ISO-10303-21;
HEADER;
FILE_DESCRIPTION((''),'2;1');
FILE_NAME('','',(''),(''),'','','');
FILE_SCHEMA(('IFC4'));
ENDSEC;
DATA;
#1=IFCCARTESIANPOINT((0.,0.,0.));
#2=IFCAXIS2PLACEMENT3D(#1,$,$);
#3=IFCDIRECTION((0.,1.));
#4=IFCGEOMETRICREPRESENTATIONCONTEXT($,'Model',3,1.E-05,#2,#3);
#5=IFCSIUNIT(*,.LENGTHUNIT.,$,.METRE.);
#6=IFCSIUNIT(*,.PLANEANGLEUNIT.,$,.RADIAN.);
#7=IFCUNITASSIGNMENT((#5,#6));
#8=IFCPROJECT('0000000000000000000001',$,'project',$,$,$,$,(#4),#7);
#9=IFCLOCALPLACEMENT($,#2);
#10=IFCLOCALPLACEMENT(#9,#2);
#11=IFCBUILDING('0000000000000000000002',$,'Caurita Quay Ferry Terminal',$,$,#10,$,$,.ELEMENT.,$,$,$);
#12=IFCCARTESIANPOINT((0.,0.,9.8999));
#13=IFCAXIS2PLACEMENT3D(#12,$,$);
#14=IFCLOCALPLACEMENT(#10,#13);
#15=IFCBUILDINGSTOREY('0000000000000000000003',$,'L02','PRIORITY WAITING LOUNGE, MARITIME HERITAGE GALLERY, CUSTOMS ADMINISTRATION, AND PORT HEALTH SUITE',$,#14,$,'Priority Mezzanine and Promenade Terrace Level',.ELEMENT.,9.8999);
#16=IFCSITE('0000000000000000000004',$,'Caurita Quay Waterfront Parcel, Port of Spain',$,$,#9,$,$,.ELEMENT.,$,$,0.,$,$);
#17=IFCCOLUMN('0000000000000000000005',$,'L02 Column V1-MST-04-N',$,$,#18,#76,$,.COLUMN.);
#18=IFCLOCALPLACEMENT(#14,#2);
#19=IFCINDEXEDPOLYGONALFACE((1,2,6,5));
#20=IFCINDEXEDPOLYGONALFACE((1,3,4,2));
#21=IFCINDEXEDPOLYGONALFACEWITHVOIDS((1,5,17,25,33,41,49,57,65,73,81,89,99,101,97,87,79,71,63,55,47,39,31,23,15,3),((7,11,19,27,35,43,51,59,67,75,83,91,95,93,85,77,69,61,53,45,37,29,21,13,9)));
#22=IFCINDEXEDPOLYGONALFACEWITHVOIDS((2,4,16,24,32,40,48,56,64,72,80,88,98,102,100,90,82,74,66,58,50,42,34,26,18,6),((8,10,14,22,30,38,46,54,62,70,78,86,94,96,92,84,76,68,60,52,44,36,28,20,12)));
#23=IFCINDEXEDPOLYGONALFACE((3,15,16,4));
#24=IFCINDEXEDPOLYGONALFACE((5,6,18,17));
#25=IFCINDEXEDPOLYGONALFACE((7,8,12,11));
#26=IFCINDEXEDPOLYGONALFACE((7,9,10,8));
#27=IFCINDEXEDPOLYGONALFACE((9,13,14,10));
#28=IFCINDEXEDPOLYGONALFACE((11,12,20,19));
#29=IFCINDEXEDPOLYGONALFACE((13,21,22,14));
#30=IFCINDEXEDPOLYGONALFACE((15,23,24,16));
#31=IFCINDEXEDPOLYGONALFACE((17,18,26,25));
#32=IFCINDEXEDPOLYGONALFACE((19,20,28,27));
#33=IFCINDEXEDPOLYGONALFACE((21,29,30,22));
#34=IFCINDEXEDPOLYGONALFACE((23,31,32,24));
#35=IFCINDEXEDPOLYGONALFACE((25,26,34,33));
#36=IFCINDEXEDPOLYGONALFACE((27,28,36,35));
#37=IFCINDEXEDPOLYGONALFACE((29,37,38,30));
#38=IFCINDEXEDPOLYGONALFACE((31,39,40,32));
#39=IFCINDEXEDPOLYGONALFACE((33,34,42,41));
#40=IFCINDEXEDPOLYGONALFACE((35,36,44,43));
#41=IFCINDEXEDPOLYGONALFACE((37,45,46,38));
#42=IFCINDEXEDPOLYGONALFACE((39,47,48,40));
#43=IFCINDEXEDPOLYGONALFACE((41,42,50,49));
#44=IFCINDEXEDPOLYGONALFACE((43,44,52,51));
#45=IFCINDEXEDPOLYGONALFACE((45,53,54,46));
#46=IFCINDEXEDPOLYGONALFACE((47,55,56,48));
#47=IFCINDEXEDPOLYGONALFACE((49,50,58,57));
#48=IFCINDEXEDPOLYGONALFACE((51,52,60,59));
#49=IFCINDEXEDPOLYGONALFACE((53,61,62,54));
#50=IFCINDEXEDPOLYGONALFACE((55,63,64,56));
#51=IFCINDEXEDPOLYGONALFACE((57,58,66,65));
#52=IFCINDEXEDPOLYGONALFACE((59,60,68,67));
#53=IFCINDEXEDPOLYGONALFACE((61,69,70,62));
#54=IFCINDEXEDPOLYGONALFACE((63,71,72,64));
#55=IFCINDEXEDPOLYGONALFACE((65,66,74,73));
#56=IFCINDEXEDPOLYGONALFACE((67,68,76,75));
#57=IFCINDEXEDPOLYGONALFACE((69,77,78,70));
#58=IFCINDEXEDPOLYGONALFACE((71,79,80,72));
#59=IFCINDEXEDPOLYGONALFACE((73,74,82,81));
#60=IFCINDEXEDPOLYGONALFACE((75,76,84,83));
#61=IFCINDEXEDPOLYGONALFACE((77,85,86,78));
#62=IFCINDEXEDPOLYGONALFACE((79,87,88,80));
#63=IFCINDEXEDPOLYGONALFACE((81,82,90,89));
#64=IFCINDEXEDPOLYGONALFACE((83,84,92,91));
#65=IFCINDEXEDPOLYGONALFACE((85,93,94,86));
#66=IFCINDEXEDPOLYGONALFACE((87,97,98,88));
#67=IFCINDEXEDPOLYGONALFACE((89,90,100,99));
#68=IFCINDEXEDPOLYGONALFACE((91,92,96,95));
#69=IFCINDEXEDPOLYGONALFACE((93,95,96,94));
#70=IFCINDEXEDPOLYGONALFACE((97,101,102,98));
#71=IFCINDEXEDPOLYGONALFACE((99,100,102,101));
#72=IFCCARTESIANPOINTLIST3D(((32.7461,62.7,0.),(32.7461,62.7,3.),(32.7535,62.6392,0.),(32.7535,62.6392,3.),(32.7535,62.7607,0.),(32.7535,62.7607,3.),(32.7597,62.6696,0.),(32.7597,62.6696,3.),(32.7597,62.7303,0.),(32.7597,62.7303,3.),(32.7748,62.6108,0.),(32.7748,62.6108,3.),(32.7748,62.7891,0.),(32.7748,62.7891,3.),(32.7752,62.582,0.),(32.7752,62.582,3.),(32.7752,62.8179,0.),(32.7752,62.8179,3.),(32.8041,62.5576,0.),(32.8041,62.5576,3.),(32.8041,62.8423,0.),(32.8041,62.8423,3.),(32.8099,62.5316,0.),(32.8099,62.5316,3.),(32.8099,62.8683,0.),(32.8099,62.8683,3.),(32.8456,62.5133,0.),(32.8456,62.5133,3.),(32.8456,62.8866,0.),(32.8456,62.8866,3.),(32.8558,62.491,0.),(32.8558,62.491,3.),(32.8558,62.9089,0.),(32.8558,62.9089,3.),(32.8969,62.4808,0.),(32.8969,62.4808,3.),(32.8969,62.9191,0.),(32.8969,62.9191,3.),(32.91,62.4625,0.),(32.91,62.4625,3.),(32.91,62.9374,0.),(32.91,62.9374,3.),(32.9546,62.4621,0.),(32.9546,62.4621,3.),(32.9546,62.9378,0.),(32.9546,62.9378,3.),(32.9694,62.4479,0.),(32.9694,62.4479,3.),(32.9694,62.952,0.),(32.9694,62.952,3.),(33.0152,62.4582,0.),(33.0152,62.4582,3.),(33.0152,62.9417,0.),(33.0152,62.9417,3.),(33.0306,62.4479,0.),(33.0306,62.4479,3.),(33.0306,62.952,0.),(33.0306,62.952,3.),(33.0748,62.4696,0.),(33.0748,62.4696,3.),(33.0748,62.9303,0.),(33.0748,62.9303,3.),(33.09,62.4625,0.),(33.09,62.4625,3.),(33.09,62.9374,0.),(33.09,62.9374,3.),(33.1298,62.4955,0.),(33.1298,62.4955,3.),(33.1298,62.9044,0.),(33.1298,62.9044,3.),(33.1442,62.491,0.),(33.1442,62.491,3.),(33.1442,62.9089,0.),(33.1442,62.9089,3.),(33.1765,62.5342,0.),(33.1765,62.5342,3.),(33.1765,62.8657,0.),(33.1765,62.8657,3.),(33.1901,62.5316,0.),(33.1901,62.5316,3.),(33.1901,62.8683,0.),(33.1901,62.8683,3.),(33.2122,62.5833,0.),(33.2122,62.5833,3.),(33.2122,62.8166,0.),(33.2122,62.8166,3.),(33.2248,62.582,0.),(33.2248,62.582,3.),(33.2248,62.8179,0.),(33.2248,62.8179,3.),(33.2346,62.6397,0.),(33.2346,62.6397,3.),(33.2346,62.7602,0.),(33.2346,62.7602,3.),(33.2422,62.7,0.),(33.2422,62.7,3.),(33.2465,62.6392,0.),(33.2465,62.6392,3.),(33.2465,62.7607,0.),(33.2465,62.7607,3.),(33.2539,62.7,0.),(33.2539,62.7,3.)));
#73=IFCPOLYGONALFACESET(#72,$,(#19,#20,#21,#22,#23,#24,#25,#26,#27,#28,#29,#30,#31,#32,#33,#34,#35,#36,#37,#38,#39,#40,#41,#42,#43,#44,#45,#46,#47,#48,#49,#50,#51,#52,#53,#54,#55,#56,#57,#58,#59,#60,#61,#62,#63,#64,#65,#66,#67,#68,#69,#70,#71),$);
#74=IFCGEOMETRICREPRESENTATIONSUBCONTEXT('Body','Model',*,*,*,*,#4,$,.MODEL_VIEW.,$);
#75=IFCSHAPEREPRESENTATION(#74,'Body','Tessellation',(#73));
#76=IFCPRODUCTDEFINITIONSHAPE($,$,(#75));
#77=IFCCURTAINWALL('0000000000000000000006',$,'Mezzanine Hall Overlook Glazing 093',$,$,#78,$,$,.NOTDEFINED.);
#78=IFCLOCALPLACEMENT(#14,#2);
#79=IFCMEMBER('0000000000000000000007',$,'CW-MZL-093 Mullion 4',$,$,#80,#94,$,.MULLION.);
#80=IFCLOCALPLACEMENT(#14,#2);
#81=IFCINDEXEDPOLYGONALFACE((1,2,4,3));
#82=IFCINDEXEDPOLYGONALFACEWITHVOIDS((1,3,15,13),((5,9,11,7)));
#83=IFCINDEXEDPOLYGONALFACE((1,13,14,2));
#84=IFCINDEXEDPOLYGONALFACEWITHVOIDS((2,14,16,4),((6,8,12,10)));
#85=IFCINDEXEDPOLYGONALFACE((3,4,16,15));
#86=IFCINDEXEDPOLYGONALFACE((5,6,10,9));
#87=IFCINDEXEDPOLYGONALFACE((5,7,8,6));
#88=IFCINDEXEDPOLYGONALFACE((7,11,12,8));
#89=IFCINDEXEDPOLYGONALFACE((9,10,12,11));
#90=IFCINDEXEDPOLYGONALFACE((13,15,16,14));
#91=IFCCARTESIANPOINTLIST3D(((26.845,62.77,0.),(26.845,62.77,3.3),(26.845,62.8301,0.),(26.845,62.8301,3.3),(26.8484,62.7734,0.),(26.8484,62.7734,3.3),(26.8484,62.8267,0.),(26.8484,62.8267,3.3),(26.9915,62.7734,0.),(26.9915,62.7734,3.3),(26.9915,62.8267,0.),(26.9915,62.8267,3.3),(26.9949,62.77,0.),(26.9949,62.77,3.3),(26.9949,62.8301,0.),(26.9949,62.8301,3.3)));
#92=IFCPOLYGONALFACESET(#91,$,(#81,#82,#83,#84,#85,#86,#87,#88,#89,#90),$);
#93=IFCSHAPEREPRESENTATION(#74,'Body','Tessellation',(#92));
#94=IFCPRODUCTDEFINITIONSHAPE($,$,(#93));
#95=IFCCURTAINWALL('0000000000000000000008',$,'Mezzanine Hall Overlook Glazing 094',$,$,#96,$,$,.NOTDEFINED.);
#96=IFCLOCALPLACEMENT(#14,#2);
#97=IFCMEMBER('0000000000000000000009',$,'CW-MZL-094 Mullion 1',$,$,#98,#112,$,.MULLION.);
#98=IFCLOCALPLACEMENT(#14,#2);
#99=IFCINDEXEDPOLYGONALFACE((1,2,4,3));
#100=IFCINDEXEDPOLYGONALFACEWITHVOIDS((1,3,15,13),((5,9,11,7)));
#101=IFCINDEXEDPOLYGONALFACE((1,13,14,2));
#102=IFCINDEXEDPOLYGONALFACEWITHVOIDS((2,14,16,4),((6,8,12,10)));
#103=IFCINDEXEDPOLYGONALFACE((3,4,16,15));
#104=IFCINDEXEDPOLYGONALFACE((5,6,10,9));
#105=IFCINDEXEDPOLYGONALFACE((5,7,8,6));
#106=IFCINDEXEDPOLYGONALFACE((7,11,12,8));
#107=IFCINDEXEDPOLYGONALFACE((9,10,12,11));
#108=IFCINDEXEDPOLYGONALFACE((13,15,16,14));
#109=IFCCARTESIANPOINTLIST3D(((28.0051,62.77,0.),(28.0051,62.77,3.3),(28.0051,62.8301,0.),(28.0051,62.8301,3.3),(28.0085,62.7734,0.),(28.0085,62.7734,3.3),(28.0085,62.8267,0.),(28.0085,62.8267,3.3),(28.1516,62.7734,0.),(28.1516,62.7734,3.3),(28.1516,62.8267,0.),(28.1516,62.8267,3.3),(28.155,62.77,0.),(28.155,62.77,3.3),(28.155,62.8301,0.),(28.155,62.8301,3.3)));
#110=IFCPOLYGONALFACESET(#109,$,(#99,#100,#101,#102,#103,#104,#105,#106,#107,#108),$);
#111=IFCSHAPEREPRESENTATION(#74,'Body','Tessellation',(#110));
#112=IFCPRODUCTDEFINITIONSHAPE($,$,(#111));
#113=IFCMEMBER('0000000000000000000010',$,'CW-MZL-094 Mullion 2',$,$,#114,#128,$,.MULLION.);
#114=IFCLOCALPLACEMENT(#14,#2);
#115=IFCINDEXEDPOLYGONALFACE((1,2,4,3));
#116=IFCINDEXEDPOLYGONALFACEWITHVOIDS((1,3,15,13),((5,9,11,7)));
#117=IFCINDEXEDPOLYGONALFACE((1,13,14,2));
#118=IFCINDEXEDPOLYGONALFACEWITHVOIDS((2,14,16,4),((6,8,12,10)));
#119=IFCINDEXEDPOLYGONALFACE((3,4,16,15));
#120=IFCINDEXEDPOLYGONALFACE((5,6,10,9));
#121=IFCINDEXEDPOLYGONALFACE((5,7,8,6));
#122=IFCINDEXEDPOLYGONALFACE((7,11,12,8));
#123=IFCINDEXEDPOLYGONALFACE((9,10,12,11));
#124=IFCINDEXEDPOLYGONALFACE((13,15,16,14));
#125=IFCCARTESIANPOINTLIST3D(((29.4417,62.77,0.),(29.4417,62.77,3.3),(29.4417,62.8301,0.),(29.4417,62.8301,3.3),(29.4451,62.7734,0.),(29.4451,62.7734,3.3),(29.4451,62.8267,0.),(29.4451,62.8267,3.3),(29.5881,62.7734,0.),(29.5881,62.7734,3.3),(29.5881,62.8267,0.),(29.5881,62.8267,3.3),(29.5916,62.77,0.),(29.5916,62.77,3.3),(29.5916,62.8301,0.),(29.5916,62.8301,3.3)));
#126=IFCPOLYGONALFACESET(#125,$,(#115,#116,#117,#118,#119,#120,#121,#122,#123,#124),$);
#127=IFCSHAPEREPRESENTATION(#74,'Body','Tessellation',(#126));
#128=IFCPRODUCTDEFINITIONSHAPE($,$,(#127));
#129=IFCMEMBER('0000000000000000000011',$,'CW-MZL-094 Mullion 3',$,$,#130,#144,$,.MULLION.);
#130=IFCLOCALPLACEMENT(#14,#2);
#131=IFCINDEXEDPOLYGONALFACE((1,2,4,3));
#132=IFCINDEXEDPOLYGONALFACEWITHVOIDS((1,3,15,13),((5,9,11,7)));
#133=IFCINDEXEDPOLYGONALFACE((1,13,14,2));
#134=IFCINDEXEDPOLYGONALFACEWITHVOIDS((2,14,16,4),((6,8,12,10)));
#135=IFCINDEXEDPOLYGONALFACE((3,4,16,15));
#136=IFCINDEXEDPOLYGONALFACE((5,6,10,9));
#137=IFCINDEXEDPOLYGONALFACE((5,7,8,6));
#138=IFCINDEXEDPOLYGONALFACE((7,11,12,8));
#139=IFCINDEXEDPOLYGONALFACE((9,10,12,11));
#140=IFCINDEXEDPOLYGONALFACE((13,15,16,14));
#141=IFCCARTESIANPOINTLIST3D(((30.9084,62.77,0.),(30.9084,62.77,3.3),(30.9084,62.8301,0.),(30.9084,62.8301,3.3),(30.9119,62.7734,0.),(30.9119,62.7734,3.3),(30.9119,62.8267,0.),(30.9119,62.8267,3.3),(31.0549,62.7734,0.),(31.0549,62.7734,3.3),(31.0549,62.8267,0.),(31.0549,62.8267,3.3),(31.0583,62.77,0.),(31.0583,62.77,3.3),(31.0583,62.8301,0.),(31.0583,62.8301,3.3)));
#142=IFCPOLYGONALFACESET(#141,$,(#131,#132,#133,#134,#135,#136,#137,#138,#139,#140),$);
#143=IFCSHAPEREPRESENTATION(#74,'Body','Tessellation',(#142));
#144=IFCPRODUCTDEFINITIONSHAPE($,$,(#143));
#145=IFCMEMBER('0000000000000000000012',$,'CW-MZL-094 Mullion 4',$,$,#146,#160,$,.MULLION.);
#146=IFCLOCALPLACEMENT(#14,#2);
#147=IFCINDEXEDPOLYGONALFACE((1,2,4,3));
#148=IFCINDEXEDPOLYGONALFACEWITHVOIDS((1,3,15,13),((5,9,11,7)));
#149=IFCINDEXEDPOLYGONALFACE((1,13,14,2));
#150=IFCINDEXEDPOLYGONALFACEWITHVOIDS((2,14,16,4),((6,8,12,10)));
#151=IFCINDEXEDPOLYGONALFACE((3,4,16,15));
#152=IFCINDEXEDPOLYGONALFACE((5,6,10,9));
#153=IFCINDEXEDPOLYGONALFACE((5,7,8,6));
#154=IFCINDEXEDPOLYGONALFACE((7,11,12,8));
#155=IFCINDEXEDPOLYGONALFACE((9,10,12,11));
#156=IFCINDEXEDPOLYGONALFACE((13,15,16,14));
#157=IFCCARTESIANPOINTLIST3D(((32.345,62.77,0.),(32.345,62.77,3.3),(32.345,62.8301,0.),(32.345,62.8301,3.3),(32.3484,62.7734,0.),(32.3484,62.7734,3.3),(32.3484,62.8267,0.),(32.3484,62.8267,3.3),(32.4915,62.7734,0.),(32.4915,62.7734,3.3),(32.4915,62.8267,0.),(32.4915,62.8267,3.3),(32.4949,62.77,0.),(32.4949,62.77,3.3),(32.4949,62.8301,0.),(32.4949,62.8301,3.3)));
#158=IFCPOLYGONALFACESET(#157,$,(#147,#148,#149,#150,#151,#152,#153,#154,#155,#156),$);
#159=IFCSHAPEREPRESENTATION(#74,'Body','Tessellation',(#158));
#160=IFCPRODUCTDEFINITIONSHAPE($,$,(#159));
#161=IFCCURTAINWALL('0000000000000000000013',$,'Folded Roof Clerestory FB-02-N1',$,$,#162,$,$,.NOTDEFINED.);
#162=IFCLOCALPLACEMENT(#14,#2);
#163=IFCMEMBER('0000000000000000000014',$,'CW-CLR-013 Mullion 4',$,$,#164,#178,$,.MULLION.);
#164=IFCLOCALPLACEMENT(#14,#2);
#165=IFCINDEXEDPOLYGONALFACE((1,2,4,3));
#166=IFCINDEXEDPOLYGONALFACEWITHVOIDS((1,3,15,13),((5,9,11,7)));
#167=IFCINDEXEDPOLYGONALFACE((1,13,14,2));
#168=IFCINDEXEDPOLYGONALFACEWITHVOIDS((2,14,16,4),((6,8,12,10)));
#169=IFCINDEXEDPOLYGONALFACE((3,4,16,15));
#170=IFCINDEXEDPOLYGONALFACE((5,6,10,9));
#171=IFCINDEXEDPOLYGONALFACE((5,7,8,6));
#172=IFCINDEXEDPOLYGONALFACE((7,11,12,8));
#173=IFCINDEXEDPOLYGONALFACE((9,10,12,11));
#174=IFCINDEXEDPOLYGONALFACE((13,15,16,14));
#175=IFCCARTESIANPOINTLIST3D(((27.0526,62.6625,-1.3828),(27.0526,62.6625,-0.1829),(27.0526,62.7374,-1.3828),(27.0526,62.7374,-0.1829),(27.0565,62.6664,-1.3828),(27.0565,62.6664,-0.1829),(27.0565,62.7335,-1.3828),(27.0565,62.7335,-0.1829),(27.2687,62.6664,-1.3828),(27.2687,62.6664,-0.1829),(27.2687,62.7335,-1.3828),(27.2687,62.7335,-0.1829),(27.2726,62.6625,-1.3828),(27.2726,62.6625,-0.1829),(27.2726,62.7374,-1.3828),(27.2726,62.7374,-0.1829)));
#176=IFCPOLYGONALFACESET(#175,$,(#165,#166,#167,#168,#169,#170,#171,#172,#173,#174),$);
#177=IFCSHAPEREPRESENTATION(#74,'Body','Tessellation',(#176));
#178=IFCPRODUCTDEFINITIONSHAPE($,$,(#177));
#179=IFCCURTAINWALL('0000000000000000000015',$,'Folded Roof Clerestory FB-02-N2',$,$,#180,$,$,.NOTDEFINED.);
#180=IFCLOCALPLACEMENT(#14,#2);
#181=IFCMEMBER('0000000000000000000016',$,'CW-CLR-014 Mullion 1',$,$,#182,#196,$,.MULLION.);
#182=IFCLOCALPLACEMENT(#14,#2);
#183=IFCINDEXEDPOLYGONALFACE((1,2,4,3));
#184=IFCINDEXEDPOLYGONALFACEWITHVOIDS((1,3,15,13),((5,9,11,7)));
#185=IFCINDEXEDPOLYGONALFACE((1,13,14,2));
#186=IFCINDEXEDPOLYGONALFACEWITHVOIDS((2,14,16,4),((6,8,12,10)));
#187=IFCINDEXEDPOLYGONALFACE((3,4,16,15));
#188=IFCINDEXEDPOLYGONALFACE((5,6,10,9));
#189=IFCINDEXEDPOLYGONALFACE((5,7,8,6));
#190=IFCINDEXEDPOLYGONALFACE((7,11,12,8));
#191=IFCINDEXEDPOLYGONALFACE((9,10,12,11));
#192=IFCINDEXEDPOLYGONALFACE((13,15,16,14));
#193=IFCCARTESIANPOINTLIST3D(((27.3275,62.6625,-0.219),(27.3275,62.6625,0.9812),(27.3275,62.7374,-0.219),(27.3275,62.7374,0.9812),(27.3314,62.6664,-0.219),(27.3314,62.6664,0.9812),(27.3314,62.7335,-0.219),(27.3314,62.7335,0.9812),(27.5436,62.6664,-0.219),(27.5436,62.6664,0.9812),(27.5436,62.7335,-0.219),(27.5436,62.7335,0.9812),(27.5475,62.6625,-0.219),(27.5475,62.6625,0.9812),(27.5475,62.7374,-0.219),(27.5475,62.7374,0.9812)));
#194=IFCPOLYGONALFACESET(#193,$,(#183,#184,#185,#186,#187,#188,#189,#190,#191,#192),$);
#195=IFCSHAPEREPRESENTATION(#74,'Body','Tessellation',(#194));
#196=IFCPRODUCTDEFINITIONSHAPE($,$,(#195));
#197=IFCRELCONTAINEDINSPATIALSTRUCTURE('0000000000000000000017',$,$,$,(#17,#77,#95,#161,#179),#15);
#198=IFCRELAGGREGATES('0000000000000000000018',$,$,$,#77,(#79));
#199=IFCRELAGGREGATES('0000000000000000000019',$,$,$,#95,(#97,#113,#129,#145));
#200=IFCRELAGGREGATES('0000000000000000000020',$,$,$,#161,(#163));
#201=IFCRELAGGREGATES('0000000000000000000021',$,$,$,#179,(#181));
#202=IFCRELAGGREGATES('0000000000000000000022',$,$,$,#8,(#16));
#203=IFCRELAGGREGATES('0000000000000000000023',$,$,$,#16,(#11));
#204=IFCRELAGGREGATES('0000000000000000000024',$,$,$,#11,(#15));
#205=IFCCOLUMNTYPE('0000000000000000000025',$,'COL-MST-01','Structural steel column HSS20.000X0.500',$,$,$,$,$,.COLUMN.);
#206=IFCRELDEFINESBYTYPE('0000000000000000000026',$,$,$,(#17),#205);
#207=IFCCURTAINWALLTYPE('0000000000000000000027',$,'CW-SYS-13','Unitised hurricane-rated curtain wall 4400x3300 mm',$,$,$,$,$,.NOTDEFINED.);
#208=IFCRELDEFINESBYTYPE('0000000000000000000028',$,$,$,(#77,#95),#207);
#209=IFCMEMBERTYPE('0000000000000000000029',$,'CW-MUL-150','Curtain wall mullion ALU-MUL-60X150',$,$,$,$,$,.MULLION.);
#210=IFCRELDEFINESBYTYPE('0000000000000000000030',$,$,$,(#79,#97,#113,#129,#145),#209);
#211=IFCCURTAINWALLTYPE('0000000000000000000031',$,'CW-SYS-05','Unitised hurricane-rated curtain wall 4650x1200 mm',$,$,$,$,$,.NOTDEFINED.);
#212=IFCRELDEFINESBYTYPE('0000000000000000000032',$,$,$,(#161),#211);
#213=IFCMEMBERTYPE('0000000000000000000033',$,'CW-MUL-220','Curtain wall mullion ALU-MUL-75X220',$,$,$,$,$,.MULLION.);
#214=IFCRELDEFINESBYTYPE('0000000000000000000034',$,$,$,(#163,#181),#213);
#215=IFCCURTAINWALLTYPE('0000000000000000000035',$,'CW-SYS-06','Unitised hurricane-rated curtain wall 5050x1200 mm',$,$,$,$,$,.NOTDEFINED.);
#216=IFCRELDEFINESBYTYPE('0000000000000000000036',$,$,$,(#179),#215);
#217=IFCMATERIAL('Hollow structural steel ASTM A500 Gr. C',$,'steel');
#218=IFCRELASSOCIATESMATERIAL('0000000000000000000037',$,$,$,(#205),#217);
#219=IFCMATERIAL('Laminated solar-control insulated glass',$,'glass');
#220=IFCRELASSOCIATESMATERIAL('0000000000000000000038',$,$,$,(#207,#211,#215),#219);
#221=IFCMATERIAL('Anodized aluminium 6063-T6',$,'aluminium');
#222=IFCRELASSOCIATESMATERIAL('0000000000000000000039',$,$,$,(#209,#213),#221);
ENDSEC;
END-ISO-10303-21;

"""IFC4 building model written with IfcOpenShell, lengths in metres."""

from ifc_helpers import new_model, si_unit, direction, frame, origin, origin_2d, place, context, subcontext, project, spatial, hollow_rectangle, hollow_circle, extrude, material, material_profile, profile_set, type_object, element, aggregate, save


model = new_model("IFC4")

# Units and contexts
model_context = context("Model", 3, precision=1e-05, world=origin(), true_north=direction((0.0, 1.0)))
body_context = subcontext(model_context, "Body", "Model", "MODEL_VIEW")
ifc_project = project(units=[si_unit("LENGTHUNIT", "METRE"), si_unit("PLANEANGLEUNIT", "RADIAN")], contexts=[model_context])

# Site, building, storey
site_placement = place(None, origin())
site = spatial("IfcSite", under=ifc_project, at=site_placement, Name="Caurita Quay Waterfront Parcel, Port of Spain", CompositionType="ELEMENT", RefElevation=0.0)
building_placement = place(site_placement, origin())
building = spatial("IfcBuilding", under=site, at=building_placement, Name="Caurita Quay Ferry Terminal", CompositionType="ELEMENT")
storey_placement = place(building_placement, frame((0.0, 0.0, 9.8999)))
storey = spatial("IfcBuildingStorey", under=building, at=storey_placement, Name="L02", Description="PRIORITY WAITING LOUNGE, MARITIME HERITAGE GALLERY, CUSTOMS ADMINISTRATION, AND PORT HEALTH SUITE", LongName="Priority Mezzanine and Promenade Terrace Level", CompositionType="ELEMENT", Elevation=9.8999)

# Column
ifc_material_1 = material(Name="Hollow structural steel ASTM A500 Gr. C", Category="steel")
ifc_material_profile_1 = material_profile(ifc_material_1, hollow_circle(Radius=0.2539, WallThickness=0.0117, at=origin_2d()), Name="HSS20.000X0.500")
ifc_profile_set_1 = profile_set([ifc_material_profile_1], Name="Hollow structural steel ASTM A500 Gr. C")
column_type = type_object("IfcColumnType", Name="COL-MST-01", Description="Structural steel column HSS20.000X0.500", PredefinedType="COLUMN", material=ifc_profile_set_1)
column_placement = place(storey_placement, frame((33.0, 62.7, 0.0), z_axis=(0.0, 0.0, 1.0), x_axis=(1.0, 0.0, 0.0)))
element("IfcColumn", 1, at=column_placement, inside=storey, type_object=column_type, Name="L02 Column V1-MST-04-N", PredefinedType="COLUMN", context=body_context, shape_type="SweptSolid", body=[
    extrude(hollow_circle(Radius=0.2539, WallThickness=0.0117, at=origin_2d()), origin(), (0.0, 0.0, 1.0), 3.0),
])

# Curtain wall, member
ifc_material_2 = material(Name="Laminated solar-control insulated glass", Category="glass")
curtain_wall_type_1 = type_object("IfcCurtainWallType", Name="CW-SYS-13", Description="Unitised hurricane-rated curtain wall 4400x3300 mm", PredefinedType="NOTDEFINED", material=ifc_material_2)
curtain_wall_1_placement = place(storey_placement, origin())
curtain_wall_1 = element("IfcCurtainWall", 2, at=curtain_wall_1_placement, inside=storey, type_object=curtain_wall_type_1, Name="Mezzanine Hall Overlook Glazing 093", PredefinedType="NOTDEFINED")
ifc_material_3 = material(Name="Anodized aluminium 6063-T6", Category="aluminium")
ifc_material_profile_2 = material_profile(ifc_material_3, hollow_rectangle(XDim=0.0601, YDim=0.1499, WallThickness=0.0034, at=origin_2d()), Name="ALU-MUL-60X150")
ifc_profile_set_2 = profile_set([ifc_material_profile_2], Name="Anodized aluminium 6063-T6")
member_type_1 = type_object("IfcMemberType", Name="CW-MUL-150", Description="Curtain wall mullion ALU-MUL-60X150", PredefinedType="MULLION", material=ifc_profile_set_2)
member_1_placement = place(storey_placement, frame((26.9199, 62.8, 0.0), z_axis=(0.0, 0.0, 1.0), x_axis=(0.0, 1.0, 0.0)))
member_1 = element("IfcMember", 3, at=member_1_placement, type_object=member_type_1, Name="CW-MZL-093 Mullion 4", PredefinedType="MULLION", context=body_context, shape_type="SweptSolid", body=[
    extrude(hollow_rectangle(XDim=0.0601, YDim=0.1499, WallThickness=0.0034, at=origin_2d()), origin(), (0.0, 0.0, 1.0), 3.3),
])

# Curtain wall, members
curtain_wall_2_placement = place(storey_placement, origin())
curtain_wall_2 = element("IfcCurtainWall", 4, at=curtain_wall_2_placement, inside=storey, type_object=curtain_wall_type_1, Name="Mezzanine Hall Overlook Glazing 094", PredefinedType="NOTDEFINED")
member_2_placement = place(storey_placement, frame((28.0801, 62.8, 0.0), z_axis=(0.0, 0.0, 1.0), x_axis=(0.0, 1.0, 0.0)))
member_2 = element("IfcMember", 5, at=member_2_placement, type_object=member_type_1, Name="CW-MZL-094 Mullion 1", PredefinedType="MULLION", context=body_context, shape_type="SweptSolid", body=[
    extrude(hollow_rectangle(XDim=0.0601, YDim=0.1499, WallThickness=0.0034, at=origin_2d()), origin(), (0.0, 0.0, 1.0), 3.3),
])
member_3_placement = place(storey_placement, frame((29.5166, 62.8, 0.0), z_axis=(0.0, 0.0, 1.0), x_axis=(0.0, 1.0, 0.0)))
member_3 = element("IfcMember", 6, at=member_3_placement, type_object=member_type_1, Name="CW-MZL-094 Mullion 2", PredefinedType="MULLION", context=body_context, shape_type="SweptSolid", body=[
    extrude(hollow_rectangle(XDim=0.0601, YDim=0.1499, WallThickness=0.0034, at=origin_2d()), origin(), (0.0, 0.0, 1.0), 3.3),
])
member_4_placement = place(storey_placement, frame((30.9834, 62.8, 0.0), z_axis=(0.0, 0.0, 1.0), x_axis=(0.0, 1.0, 0.0)))
member_4 = element("IfcMember", 7, at=member_4_placement, type_object=member_type_1, Name="CW-MZL-094 Mullion 3", PredefinedType="MULLION", context=body_context, shape_type="SweptSolid", body=[
    extrude(hollow_rectangle(XDim=0.0601, YDim=0.1499, WallThickness=0.0034, at=origin_2d()), origin(), (0.0, 0.0, 1.0), 3.3),
])
member_5_placement = place(storey_placement, frame((32.4199, 62.8, 0.0), z_axis=(0.0, 0.0, 1.0), x_axis=(0.0, 1.0, 0.0)))
member_5 = element("IfcMember", 8, at=member_5_placement, type_object=member_type_1, Name="CW-MZL-094 Mullion 4", PredefinedType="MULLION", context=body_context, shape_type="SweptSolid", body=[
    extrude(hollow_rectangle(XDim=0.0601, YDim=0.1499, WallThickness=0.0034, at=origin_2d()), origin(), (0.0, 0.0, 1.0), 3.3),
])

# Curtain wall, member
curtain_wall_type_2 = type_object("IfcCurtainWallType", Name="CW-SYS-05", Description="Unitised hurricane-rated curtain wall 4650x1200 mm", PredefinedType="NOTDEFINED", material=ifc_material_2)
curtain_wall_3_placement = place(storey_placement, origin())
curtain_wall_3 = element("IfcCurtainWall", 9, at=curtain_wall_3_placement, inside=storey, type_object=curtain_wall_type_2, Name="Folded Roof Clerestory FB-02-N1", PredefinedType="NOTDEFINED")
ifc_material_profile_3 = material_profile(ifc_material_3, hollow_rectangle(XDim=0.075, YDim=0.22, WallThickness=0.0039, at=origin_2d()), Name="ALU-MUL-75X220")
ifc_profile_set_3 = profile_set([ifc_material_profile_3], Name="Anodized aluminium 6063-T6")
member_type_2 = type_object("IfcMemberType", Name="CW-MUL-220", Description="Curtain wall mullion ALU-MUL-75X220", PredefinedType="MULLION", material=ifc_profile_set_3)
member_6_placement = place(storey_placement, frame((27.1626, 62.7, -1.3828), z_axis=(0.0, 0.0, 1.0), x_axis=(0.0, 1.0, 0.0)))
member_6 = element("IfcMember", 10, at=member_6_placement, type_object=member_type_2, Name="CW-CLR-013 Mullion 4", PredefinedType="MULLION", context=body_context, shape_type="SweptSolid", body=[
    extrude(hollow_rectangle(XDim=0.075, YDim=0.22, WallThickness=0.0039, at=origin_2d()), origin(), (0.0, 0.0, 1.0), 1.2),
])

# Curtain wall, member
curtain_wall_type_3 = type_object("IfcCurtainWallType", Name="CW-SYS-06", Description="Unitised hurricane-rated curtain wall 5050x1200 mm", PredefinedType="NOTDEFINED", material=ifc_material_2)
curtain_wall_4_placement = place(storey_placement, origin())
curtain_wall_4 = element("IfcCurtainWall", 11, at=curtain_wall_4_placement, inside=storey, type_object=curtain_wall_type_3, Name="Folded Roof Clerestory FB-02-N2", PredefinedType="NOTDEFINED")
member_7_placement = place(storey_placement, frame((27.4375, 62.7, -0.219), z_axis=(0.0, 0.0, 1.0), x_axis=(0.0, 1.0, 0.0)))
member_7 = element("IfcMember", 12, at=member_7_placement, type_object=member_type_2, Name="CW-CLR-014 Mullion 1", PredefinedType="MULLION", context=body_context, shape_type="SweptSolid", body=[
    extrude(hollow_rectangle(XDim=0.075, YDim=0.22, WallThickness=0.0039, at=origin_2d()), origin(), (0.0, 0.0, 1.0), 1.2002),
])

aggregate(curtain_wall_1, [member_1])
aggregate(curtain_wall_2, [member_2, member_3, member_4, member_5])
aggregate(curtain_wall_3, [member_6])
aggregate(curtain_wall_4, [member_7])

save(model, "model.ifc")
